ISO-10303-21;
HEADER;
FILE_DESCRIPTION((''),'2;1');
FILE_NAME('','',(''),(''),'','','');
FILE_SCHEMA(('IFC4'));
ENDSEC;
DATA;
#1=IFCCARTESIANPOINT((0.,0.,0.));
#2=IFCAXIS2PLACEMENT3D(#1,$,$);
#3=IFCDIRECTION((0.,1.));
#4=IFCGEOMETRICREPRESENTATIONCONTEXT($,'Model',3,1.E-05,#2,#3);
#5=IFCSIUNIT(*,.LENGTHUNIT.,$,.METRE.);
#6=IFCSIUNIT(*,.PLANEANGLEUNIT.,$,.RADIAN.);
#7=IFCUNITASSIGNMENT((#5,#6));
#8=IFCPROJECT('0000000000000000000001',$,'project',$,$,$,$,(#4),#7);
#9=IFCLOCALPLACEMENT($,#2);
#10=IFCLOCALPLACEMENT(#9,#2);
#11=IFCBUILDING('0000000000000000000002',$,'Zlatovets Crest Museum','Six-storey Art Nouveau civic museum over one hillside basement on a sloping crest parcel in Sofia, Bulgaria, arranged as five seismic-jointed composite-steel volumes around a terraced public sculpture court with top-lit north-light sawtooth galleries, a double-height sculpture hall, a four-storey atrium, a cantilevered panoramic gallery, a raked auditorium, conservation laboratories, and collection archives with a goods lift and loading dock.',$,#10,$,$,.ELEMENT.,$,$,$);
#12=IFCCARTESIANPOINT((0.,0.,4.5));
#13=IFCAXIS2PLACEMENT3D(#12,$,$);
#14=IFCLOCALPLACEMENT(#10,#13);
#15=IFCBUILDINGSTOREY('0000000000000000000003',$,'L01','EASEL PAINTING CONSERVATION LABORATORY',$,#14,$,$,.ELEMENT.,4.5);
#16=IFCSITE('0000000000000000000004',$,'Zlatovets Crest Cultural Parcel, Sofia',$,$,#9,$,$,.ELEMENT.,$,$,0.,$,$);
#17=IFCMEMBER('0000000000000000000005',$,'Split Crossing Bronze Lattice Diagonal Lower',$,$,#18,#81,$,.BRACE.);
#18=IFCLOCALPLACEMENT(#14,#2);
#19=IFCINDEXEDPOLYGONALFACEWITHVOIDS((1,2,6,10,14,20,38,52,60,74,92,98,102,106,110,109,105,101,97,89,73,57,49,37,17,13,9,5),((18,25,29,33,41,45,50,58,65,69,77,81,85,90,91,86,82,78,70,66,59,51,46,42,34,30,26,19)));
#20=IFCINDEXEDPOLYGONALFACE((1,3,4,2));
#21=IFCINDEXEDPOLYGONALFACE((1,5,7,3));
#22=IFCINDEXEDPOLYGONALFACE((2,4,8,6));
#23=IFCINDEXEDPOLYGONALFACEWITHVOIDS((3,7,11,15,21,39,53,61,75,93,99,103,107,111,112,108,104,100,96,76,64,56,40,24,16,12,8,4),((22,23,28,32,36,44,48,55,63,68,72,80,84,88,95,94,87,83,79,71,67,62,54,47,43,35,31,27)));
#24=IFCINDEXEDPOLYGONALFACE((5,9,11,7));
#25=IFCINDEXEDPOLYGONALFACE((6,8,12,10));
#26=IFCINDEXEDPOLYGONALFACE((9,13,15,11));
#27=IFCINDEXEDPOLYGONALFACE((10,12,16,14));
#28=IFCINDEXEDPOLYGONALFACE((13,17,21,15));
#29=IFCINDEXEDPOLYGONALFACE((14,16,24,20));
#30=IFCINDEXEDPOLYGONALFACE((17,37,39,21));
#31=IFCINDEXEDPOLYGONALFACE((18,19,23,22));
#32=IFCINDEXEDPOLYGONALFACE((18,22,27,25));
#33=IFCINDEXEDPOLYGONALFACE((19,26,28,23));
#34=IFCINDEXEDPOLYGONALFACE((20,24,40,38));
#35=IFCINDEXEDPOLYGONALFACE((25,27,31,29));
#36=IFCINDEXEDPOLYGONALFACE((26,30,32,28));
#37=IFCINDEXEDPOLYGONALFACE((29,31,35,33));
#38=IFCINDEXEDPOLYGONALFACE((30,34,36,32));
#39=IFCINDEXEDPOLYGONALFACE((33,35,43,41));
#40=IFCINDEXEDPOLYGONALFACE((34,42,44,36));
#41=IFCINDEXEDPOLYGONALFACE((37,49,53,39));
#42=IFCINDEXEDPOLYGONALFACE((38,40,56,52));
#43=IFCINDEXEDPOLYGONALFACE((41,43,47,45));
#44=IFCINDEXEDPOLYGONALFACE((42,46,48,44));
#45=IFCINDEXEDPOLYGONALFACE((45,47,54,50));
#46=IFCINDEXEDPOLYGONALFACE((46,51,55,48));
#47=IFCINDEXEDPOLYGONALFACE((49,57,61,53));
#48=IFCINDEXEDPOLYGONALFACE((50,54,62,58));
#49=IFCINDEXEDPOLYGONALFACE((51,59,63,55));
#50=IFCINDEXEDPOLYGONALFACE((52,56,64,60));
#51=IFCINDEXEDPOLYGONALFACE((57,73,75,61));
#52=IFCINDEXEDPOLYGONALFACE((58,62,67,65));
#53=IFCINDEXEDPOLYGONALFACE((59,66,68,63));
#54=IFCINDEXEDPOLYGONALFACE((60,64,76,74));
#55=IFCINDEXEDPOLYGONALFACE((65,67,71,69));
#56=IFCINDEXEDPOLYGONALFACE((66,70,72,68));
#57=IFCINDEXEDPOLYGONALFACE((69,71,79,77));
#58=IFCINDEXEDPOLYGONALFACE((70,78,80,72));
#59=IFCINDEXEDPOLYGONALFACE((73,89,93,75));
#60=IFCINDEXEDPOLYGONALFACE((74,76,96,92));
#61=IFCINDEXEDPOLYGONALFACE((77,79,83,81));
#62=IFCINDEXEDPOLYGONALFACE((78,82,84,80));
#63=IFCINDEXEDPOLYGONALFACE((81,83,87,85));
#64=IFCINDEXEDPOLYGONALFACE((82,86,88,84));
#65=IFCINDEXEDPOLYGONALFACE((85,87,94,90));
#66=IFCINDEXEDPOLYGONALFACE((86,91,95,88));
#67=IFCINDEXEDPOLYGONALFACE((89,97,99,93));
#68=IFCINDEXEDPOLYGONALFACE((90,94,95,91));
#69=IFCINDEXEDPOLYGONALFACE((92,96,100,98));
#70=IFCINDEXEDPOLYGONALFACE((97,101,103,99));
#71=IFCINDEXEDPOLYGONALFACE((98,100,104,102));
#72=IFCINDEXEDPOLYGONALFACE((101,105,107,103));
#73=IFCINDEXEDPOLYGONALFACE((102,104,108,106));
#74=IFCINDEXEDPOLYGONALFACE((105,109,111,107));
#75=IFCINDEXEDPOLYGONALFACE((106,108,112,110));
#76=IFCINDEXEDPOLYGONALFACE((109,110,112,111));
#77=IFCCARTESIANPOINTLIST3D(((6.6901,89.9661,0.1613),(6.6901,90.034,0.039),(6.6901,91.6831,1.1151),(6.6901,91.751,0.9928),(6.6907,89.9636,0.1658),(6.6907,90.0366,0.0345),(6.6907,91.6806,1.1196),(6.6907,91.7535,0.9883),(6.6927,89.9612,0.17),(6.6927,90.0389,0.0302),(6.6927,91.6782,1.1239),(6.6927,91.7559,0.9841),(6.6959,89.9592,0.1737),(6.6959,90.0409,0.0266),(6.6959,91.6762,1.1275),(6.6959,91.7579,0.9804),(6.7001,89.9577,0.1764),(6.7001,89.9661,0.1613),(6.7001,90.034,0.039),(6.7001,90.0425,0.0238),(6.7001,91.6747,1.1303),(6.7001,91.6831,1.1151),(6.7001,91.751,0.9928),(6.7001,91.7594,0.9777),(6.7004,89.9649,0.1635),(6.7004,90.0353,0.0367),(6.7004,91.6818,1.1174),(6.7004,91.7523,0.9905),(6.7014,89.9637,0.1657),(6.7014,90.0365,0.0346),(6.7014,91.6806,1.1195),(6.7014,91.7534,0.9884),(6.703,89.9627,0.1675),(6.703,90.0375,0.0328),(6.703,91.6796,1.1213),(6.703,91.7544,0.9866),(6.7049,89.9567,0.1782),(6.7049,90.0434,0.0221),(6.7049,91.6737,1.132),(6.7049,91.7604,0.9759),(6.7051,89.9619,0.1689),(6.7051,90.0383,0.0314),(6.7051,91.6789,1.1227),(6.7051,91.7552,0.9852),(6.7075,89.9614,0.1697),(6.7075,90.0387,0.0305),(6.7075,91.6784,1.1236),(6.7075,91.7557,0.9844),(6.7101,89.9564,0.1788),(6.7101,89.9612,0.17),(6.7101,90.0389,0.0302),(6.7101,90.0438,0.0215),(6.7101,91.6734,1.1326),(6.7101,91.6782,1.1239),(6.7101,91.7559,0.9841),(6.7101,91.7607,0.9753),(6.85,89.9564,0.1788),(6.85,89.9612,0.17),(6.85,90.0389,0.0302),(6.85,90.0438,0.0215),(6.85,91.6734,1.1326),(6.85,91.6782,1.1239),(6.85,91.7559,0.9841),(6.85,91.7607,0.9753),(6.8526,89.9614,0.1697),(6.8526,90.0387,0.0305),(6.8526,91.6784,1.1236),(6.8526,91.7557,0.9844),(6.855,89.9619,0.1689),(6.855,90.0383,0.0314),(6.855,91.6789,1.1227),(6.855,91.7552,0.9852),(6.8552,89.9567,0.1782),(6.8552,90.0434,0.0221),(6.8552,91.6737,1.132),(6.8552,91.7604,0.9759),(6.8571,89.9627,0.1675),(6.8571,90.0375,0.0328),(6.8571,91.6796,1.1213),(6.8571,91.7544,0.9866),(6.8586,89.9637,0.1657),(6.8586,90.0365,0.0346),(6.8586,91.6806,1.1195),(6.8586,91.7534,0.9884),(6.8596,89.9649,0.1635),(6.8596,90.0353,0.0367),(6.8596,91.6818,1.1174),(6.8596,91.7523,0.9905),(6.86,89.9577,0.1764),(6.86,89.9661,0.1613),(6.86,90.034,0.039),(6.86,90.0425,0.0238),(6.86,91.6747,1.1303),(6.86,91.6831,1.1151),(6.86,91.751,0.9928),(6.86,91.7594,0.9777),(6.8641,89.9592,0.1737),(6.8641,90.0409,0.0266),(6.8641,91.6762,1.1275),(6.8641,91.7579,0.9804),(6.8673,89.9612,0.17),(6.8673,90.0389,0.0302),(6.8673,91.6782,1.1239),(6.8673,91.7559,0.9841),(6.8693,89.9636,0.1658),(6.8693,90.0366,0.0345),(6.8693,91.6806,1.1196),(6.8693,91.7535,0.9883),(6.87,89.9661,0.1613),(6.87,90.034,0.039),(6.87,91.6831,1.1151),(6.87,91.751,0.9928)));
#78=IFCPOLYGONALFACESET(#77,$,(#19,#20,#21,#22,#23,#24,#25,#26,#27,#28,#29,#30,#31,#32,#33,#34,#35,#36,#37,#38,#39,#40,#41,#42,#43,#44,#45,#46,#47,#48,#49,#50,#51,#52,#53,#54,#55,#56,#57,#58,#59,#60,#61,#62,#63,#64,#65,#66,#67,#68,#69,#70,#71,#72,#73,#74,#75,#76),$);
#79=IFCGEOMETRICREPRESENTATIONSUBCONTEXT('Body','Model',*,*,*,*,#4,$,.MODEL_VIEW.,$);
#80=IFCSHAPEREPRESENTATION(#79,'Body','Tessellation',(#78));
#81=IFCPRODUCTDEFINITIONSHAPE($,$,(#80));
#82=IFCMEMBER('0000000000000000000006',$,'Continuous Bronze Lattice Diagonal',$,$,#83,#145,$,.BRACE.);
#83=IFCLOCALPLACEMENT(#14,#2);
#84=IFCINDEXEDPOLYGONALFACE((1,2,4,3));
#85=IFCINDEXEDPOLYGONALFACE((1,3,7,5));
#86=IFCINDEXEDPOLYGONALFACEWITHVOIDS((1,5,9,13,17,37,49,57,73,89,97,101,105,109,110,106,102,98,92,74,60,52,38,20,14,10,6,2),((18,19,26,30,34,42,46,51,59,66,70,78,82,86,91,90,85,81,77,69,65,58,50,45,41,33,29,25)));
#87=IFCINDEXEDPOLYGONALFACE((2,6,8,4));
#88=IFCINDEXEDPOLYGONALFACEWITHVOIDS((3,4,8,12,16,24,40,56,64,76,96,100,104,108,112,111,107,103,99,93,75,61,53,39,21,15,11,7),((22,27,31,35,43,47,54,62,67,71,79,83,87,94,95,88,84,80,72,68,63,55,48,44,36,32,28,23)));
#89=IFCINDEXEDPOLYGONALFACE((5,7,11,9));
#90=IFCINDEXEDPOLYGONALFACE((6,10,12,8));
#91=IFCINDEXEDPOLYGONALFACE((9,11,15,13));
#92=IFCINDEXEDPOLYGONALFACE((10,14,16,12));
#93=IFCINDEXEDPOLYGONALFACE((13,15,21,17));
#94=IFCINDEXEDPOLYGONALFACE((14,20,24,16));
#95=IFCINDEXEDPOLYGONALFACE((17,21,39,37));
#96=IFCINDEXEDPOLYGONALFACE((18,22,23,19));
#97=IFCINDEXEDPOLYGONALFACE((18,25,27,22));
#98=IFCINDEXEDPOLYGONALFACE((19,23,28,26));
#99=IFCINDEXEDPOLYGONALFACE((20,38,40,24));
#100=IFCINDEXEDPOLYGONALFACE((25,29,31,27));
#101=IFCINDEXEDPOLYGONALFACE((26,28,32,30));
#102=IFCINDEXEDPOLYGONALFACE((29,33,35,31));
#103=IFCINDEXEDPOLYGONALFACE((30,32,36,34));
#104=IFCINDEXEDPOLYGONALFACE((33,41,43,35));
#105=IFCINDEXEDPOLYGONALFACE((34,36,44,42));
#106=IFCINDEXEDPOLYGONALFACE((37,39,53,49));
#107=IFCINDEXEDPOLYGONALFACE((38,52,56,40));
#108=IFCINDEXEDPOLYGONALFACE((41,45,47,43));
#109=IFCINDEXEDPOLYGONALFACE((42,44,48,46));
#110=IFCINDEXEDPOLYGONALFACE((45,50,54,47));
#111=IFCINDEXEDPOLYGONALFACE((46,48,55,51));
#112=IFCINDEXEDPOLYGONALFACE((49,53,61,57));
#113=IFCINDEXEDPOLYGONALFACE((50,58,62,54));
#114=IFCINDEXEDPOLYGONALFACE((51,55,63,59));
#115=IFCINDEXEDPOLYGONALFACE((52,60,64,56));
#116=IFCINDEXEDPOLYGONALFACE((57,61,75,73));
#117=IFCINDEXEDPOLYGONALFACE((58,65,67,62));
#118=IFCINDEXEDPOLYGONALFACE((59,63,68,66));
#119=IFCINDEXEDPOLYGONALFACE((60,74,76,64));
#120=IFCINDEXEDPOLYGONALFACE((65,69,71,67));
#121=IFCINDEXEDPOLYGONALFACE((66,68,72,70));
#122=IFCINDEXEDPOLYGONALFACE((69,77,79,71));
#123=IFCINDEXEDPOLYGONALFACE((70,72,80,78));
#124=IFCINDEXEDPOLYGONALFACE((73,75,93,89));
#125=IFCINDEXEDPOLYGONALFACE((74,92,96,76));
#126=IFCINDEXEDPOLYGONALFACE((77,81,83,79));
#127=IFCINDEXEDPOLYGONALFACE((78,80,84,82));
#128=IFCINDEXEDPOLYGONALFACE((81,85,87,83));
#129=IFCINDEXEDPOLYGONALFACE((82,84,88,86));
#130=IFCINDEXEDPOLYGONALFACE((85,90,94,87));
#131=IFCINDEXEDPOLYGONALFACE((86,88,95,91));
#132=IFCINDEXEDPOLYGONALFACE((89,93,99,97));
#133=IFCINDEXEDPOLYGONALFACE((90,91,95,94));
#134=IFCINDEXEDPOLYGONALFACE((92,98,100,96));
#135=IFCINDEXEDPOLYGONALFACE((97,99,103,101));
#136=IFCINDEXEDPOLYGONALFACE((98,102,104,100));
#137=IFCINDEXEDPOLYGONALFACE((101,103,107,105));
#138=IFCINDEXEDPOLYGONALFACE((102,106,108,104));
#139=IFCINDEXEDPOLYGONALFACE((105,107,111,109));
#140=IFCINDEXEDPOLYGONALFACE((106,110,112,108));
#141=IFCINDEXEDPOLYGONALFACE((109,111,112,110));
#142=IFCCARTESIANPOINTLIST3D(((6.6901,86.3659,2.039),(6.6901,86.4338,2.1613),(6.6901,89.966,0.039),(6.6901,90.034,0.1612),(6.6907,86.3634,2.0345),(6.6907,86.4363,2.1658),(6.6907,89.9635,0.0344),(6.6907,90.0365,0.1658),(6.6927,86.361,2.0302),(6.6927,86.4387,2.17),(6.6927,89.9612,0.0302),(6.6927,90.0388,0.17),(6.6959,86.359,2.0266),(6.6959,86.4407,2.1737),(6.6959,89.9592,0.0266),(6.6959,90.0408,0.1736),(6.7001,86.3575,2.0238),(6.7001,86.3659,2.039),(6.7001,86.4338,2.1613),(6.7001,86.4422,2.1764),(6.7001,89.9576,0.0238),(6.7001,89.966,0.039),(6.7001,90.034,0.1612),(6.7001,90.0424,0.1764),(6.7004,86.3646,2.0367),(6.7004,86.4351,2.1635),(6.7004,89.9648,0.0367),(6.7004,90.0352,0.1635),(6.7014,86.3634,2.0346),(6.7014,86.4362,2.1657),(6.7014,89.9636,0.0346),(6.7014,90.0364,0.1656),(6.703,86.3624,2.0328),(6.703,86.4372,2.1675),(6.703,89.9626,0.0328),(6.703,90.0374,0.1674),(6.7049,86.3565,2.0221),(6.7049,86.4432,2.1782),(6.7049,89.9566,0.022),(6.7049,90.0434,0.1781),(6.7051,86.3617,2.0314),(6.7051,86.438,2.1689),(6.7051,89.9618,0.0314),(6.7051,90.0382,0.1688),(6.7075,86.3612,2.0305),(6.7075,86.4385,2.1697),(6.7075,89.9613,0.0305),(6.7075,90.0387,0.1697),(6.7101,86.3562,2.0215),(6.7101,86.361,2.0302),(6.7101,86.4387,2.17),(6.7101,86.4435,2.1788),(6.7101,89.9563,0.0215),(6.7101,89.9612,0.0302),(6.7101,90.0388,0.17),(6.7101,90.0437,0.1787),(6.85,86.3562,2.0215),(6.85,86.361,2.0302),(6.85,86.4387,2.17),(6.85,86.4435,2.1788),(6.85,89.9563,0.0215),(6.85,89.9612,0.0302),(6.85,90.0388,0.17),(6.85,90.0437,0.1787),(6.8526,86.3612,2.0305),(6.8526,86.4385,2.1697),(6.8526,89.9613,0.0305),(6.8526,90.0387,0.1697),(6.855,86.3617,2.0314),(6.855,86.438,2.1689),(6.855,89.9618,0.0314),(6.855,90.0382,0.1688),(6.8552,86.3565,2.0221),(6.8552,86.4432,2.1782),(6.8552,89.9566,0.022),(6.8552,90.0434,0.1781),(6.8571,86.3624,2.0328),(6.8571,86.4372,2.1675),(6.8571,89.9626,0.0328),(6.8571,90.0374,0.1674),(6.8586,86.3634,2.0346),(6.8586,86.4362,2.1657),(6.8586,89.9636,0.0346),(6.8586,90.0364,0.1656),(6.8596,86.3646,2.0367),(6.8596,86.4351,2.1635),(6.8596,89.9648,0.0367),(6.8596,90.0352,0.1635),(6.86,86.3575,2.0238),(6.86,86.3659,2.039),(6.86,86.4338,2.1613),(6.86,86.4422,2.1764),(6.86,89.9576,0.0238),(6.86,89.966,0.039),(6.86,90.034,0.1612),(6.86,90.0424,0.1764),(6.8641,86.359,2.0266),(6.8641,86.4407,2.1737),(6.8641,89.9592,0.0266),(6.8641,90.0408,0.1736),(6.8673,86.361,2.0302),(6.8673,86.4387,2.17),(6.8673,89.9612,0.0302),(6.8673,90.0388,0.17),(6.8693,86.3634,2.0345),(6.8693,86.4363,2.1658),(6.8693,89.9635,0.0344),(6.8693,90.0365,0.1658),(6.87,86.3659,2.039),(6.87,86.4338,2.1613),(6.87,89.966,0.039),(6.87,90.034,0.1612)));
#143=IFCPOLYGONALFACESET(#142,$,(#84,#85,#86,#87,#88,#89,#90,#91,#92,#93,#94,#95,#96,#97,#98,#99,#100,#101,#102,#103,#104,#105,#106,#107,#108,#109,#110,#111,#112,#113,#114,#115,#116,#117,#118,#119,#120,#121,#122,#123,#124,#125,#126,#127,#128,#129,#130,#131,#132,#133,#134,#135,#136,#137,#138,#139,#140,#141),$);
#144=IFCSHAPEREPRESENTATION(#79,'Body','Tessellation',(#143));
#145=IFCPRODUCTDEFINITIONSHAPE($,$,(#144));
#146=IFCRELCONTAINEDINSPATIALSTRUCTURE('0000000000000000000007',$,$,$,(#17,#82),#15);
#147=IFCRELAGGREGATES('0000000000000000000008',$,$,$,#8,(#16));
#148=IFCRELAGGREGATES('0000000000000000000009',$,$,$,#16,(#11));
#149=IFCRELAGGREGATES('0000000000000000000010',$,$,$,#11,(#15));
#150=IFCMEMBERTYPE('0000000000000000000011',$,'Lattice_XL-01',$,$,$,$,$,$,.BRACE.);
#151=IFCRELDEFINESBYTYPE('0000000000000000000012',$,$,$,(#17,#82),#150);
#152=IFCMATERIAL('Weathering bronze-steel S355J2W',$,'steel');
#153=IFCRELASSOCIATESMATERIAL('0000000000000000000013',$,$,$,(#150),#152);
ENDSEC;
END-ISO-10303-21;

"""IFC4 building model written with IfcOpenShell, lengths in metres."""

from ifc_helpers import new_model, si_unit, direction, frame, origin, origin_2d, place, context, subcontext, project, spatial, hollow_rectangle, extrude, material, material_profile, profile_set, type_object, element, save


model = new_model("IFC4")

# Units and contexts
model_context = context("Model", 3, precision=1e-05, world=origin(), true_north=direction((0.0, 1.0)))
body_context = subcontext(model_context, "Body", "Model", "MODEL_VIEW")
ifc_project = project(units=[si_unit("LENGTHUNIT", "METRE"), si_unit("PLANEANGLEUNIT", "RADIAN")], contexts=[model_context])

# Site, building, storey
site_placement = place(None, origin())
site = spatial("IfcSite", under=ifc_project, at=site_placement, Name="Zlatovets Crest Cultural Parcel, Sofia", CompositionType="ELEMENT", RefElevation=0.0)
building_placement = place(site_placement, origin())
building = spatial("IfcBuilding", under=site, at=building_placement, Name="Zlatovets Crest Museum", Description="Six-storey Art Nouveau civic museum over one hillside basement on a sloping crest parcel in Sofia, Bulgaria, arranged as five seismic-jointed composite-steel volumes around a terraced public sculpture court with top-lit north-light sawtooth galleries, a double-height sculpture hall, a four-storey atrium, a cantilevered panoramic gallery, a raked auditorium, conservation laboratories, and collection archives with a goods lift and loading dock.", CompositionType="ELEMENT")
storey_placement = place(building_placement, frame((0.0, 0.0, 4.5)))
storey = spatial("IfcBuildingStorey", under=building, at=storey_placement, Name="L01", Description="EASEL PAINTING CONSERVATION LABORATORY", CompositionType="ELEMENT", Elevation=4.5)

# Members
ifc_material_1 = material(Name="Weathering bronze-steel S355J2W", Category="steel")
ifc_material_profile_1 = material_profile(ifc_material_1, hollow_rectangle(XDim=0.1799, YDim=0.1799, WallThickness=0.01, InnerFilletRadius=0.01, OuterFilletRadius=0.02, at=origin_2d()), Name="SHS 180x180x10.0")
ifc_profile_set_1 = profile_set([ifc_material_profile_1], Name="Weathering bronze-steel S355J2W")
member_type_1 = type_object("IfcMemberType", Name="Lattice_XL-01", PredefinedType="BRACE", material=ifc_profile_set_1)
member_1_placement = place(storey_placement, frame((6.78, 91.717, 1.054), z_axis=(0.0, -0.874169, -0.485622), x_axis=(1.0, 0.0, 0.0)))
element("IfcMember", 1, at=member_1_placement, inside=storey, type_object=member_type_1, Name="Split Crossing Bronze Lattice Diagonal Lower", PredefinedType="BRACE", context=body_context, shape_type="SweptSolid", body=[
    extrude(hollow_rectangle(XDim=0.1799, YDim=0.1799, WallThickness=0.01, InnerFilletRadius=0.01, OuterFilletRadius=0.02, at=origin_2d()), origin(), (0.0, 0.0, 1.0), 1.9641),
])
member_2_placement = place(storey_placement, frame((6.78, 90.0, 0.1001), z_axis=(0.0, -0.874163, 0.485633), x_axis=(1.0, 0.0, 0.0)))
element("IfcMember", 2, at=member_2_placement, inside=storey, type_object=member_type_1, Name="Continuous Bronze Lattice Diagonal", PredefinedType="BRACE", context=body_context, shape_type="SweptSolid", body=[
    extrude(hollow_rectangle(XDim=0.1799, YDim=0.1799, WallThickness=0.01, InnerFilletRadius=0.01, OuterFilletRadius=0.02, at=origin_2d()), origin(), (0.0, 0.0, 1.0), 4.1184),
])

save(model, "model.ifc")
